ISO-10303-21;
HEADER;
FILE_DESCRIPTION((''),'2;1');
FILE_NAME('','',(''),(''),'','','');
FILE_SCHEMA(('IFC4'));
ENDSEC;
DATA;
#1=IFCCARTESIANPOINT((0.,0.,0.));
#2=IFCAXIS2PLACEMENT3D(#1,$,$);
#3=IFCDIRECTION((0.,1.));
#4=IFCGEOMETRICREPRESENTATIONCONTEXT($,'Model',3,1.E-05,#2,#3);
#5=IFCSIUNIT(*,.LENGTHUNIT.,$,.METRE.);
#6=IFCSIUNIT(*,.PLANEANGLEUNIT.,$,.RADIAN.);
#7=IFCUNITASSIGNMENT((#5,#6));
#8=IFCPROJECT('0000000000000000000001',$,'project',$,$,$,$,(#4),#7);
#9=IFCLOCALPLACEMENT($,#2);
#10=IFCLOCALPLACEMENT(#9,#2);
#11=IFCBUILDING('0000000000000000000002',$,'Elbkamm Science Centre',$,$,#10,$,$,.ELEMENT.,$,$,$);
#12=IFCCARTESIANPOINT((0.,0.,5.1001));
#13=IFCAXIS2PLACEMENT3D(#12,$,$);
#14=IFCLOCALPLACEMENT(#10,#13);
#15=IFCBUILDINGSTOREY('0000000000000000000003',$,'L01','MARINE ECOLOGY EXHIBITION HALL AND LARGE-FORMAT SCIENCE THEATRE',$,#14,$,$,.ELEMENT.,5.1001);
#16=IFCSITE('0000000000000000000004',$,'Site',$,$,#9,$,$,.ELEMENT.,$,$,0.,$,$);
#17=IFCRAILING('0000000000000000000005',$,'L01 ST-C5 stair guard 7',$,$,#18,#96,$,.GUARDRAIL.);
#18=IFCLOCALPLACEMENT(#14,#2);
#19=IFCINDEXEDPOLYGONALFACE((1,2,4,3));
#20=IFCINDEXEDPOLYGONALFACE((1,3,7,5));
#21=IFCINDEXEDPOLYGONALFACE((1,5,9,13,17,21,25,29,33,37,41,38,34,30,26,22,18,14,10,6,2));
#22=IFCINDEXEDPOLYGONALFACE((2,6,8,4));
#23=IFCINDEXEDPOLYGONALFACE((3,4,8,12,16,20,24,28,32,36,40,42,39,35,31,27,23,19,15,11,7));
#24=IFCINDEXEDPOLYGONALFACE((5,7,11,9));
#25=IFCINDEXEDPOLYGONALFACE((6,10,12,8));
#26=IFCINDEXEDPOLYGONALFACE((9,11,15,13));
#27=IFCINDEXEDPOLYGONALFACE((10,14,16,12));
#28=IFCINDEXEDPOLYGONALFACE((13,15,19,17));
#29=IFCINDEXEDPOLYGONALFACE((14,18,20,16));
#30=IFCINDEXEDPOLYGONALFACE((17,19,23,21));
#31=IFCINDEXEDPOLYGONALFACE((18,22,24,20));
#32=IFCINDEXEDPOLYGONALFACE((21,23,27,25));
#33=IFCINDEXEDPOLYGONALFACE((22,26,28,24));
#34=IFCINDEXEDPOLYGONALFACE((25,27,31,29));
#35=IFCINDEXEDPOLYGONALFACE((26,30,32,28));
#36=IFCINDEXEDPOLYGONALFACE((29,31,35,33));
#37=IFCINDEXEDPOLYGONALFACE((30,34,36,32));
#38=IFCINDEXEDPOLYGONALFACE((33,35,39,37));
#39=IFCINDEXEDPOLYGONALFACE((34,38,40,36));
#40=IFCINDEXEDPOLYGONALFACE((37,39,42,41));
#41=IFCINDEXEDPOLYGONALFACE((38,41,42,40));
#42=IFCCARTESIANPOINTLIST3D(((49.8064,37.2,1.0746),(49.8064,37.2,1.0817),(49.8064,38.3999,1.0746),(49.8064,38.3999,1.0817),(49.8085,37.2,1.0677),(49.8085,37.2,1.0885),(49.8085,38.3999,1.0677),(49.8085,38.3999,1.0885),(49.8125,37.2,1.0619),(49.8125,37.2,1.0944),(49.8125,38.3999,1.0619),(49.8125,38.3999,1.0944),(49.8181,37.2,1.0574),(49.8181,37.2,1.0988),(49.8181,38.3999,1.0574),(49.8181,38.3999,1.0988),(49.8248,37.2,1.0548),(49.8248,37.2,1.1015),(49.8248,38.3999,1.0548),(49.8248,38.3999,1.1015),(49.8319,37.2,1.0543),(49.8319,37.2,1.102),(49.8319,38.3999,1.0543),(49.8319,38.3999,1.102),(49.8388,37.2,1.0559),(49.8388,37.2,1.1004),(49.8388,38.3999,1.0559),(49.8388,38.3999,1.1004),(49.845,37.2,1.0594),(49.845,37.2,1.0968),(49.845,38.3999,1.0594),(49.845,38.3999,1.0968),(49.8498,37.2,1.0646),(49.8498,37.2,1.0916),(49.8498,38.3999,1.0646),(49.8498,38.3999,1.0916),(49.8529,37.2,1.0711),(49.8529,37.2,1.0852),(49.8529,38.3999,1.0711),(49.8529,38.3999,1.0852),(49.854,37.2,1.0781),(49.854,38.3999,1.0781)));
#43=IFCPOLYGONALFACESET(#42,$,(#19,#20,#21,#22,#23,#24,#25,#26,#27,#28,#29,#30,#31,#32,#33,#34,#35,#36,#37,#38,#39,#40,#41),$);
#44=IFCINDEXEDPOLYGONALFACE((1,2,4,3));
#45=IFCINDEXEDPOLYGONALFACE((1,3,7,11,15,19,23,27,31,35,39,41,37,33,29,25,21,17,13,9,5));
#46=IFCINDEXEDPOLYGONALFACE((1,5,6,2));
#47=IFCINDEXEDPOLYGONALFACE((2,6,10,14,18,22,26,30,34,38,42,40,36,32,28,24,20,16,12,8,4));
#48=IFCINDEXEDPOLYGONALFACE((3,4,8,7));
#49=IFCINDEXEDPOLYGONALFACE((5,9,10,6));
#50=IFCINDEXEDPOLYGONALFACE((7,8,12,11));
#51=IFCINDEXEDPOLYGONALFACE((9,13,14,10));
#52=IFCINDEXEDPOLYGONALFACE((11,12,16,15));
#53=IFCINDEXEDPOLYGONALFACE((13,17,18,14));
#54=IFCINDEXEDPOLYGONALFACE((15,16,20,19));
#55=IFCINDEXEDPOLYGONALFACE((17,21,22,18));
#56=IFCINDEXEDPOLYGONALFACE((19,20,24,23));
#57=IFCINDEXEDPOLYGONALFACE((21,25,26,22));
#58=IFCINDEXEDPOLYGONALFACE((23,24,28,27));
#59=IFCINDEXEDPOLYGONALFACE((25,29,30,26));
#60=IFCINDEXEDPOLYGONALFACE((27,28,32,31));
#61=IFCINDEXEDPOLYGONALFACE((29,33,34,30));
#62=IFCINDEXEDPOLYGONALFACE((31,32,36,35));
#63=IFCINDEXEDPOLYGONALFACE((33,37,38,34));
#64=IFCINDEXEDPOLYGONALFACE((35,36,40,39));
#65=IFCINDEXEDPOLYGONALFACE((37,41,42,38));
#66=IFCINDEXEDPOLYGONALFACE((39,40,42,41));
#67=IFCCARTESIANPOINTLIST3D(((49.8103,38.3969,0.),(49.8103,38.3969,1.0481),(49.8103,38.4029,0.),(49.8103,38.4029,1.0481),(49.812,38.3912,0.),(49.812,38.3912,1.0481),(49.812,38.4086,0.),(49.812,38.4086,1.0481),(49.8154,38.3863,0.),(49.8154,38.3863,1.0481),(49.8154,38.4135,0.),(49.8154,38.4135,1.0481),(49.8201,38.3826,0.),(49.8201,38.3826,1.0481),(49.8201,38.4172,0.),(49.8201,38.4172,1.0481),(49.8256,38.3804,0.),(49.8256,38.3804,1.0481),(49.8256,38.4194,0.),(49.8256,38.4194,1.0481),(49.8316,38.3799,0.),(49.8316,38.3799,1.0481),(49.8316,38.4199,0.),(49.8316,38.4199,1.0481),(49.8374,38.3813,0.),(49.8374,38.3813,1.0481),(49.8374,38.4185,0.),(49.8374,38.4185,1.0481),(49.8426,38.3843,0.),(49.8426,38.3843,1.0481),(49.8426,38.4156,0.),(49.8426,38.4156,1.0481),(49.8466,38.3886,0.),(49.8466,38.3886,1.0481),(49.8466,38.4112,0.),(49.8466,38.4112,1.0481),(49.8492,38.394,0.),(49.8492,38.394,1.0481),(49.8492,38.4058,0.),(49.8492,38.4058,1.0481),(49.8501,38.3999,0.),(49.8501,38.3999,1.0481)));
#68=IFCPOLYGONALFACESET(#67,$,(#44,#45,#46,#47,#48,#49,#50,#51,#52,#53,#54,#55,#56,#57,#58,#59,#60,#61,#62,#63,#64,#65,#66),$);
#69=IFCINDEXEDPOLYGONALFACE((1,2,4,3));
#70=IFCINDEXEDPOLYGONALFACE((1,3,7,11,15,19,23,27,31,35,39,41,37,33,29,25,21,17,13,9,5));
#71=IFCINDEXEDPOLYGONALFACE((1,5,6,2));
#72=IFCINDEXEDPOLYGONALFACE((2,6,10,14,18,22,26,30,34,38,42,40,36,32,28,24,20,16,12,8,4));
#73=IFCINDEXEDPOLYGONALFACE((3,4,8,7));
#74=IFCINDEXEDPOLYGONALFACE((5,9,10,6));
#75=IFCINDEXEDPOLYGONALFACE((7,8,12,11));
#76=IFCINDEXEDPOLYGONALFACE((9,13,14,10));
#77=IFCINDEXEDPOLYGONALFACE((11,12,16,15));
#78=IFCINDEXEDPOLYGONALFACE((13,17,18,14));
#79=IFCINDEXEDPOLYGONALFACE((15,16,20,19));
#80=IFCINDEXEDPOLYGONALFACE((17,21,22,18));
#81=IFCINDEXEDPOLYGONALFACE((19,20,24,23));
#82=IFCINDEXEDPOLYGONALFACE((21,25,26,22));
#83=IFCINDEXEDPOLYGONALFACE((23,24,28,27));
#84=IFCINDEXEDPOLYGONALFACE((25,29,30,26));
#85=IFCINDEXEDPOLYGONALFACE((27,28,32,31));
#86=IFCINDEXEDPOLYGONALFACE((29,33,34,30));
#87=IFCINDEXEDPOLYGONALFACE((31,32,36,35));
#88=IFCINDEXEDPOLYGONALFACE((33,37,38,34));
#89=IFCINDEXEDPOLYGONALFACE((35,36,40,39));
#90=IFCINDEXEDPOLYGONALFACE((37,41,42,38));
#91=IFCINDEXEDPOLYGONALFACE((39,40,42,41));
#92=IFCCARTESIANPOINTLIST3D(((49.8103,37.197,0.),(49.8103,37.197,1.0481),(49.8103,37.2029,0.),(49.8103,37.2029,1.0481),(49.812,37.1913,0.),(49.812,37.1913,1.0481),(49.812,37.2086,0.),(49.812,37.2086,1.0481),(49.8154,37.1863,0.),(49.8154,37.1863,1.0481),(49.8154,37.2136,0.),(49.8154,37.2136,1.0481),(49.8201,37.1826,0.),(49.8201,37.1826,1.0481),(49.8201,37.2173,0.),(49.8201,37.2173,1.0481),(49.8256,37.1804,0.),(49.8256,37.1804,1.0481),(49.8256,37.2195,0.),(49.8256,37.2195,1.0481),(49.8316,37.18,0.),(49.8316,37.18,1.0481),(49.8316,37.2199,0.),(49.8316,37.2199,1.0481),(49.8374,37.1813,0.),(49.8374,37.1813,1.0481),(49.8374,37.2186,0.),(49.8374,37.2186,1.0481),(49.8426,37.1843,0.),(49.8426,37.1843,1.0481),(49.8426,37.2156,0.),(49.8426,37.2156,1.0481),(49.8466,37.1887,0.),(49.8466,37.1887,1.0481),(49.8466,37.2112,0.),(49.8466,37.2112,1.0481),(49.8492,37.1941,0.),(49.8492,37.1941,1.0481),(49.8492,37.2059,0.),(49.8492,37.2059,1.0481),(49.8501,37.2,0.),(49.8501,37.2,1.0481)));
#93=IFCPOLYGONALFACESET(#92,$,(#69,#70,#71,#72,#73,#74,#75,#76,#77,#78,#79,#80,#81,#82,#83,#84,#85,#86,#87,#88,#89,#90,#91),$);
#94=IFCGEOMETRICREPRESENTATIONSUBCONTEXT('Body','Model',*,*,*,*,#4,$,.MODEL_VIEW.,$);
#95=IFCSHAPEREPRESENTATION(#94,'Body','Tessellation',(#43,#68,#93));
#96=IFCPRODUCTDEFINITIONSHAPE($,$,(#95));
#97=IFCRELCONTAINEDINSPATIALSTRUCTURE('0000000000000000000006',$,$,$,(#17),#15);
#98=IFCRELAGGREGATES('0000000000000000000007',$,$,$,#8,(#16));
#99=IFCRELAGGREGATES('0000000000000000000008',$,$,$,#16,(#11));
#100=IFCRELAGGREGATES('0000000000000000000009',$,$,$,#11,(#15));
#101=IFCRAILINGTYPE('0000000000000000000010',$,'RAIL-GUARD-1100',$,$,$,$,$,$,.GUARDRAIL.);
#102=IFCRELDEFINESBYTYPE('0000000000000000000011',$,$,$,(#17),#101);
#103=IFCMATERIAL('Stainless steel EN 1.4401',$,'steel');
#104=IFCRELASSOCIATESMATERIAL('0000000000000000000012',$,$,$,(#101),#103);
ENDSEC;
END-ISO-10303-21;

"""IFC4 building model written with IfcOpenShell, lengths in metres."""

from ifc_helpers import new_model, si_unit, direction, frame, origin, origin_2d, place, context, subcontext, project, spatial, circle, extrude, material, type_object, element, save


model = new_model("IFC4")

# Units and contexts
model_context = context("Model", 3, precision=1e-05, world=origin(), true_north=direction((0.0, 1.0)))
body_context = subcontext(model_context, "Body", "Model", "MODEL_VIEW")
ifc_project = project(units=[si_unit("LENGTHUNIT", "METRE"), si_unit("PLANEANGLEUNIT", "RADIAN")], contexts=[model_context])

# Site, building, storey
site_placement = place(None, origin())
site = spatial("IfcSite", under=ifc_project, at=site_placement, Name="Site", CompositionType="ELEMENT", RefElevation=0.0)
building_placement = place(site_placement, origin())
building = spatial("IfcBuilding", under=site, at=building_placement, Name="Elbkamm Science Centre", CompositionType="ELEMENT")
storey_placement = place(building_placement, frame((0.0, 0.0, 5.1001)))
storey = spatial("IfcBuildingStorey", under=building, at=storey_placement, Name="L01", Description="MARINE ECOLOGY EXHIBITION HALL AND LARGE-FORMAT SCIENCE THEATRE", CompositionType="ELEMENT", Elevation=5.1001)

# Railing
ifc_material_1 = material(Name="Stainless steel EN 1.4401", Category="steel")
railing_type_1 = type_object("IfcRailingType", Name="RAIL-GUARD-1100", PredefinedType="GUARDRAIL", material=ifc_material_1)
railing_1_placement = place(storey_placement, frame((49.8301, 38.3999, 0.0)))
element("IfcRailing", 1, at=railing_1_placement, inside=storey, type_object=railing_type_1, Name="L01 ST-C5 stair guard 7", PredefinedType="GUARDRAIL", context=body_context, shape_type="SweptSolid", body=[
    extrude(circle(Radius=0.0239, at=origin_2d()), frame((0.0, 0.0, 1.0781), z_axis=(0.0, -1.0, 0.0), x_axis=(1.0, 0.0, 0.0)), (0.0, 0.0, 1.0), 1.2),
    extrude(circle(Radius=0.02, at=origin_2d()), origin(), (0.0, 0.0, 1.0), 1.0481),
    extrude(circle(Radius=0.02, at=origin_2d()), frame((0.0, -1.2, 0.0)), (0.0, 0.0, 1.0), 1.0481),
])

save(model, "model.ifc")
